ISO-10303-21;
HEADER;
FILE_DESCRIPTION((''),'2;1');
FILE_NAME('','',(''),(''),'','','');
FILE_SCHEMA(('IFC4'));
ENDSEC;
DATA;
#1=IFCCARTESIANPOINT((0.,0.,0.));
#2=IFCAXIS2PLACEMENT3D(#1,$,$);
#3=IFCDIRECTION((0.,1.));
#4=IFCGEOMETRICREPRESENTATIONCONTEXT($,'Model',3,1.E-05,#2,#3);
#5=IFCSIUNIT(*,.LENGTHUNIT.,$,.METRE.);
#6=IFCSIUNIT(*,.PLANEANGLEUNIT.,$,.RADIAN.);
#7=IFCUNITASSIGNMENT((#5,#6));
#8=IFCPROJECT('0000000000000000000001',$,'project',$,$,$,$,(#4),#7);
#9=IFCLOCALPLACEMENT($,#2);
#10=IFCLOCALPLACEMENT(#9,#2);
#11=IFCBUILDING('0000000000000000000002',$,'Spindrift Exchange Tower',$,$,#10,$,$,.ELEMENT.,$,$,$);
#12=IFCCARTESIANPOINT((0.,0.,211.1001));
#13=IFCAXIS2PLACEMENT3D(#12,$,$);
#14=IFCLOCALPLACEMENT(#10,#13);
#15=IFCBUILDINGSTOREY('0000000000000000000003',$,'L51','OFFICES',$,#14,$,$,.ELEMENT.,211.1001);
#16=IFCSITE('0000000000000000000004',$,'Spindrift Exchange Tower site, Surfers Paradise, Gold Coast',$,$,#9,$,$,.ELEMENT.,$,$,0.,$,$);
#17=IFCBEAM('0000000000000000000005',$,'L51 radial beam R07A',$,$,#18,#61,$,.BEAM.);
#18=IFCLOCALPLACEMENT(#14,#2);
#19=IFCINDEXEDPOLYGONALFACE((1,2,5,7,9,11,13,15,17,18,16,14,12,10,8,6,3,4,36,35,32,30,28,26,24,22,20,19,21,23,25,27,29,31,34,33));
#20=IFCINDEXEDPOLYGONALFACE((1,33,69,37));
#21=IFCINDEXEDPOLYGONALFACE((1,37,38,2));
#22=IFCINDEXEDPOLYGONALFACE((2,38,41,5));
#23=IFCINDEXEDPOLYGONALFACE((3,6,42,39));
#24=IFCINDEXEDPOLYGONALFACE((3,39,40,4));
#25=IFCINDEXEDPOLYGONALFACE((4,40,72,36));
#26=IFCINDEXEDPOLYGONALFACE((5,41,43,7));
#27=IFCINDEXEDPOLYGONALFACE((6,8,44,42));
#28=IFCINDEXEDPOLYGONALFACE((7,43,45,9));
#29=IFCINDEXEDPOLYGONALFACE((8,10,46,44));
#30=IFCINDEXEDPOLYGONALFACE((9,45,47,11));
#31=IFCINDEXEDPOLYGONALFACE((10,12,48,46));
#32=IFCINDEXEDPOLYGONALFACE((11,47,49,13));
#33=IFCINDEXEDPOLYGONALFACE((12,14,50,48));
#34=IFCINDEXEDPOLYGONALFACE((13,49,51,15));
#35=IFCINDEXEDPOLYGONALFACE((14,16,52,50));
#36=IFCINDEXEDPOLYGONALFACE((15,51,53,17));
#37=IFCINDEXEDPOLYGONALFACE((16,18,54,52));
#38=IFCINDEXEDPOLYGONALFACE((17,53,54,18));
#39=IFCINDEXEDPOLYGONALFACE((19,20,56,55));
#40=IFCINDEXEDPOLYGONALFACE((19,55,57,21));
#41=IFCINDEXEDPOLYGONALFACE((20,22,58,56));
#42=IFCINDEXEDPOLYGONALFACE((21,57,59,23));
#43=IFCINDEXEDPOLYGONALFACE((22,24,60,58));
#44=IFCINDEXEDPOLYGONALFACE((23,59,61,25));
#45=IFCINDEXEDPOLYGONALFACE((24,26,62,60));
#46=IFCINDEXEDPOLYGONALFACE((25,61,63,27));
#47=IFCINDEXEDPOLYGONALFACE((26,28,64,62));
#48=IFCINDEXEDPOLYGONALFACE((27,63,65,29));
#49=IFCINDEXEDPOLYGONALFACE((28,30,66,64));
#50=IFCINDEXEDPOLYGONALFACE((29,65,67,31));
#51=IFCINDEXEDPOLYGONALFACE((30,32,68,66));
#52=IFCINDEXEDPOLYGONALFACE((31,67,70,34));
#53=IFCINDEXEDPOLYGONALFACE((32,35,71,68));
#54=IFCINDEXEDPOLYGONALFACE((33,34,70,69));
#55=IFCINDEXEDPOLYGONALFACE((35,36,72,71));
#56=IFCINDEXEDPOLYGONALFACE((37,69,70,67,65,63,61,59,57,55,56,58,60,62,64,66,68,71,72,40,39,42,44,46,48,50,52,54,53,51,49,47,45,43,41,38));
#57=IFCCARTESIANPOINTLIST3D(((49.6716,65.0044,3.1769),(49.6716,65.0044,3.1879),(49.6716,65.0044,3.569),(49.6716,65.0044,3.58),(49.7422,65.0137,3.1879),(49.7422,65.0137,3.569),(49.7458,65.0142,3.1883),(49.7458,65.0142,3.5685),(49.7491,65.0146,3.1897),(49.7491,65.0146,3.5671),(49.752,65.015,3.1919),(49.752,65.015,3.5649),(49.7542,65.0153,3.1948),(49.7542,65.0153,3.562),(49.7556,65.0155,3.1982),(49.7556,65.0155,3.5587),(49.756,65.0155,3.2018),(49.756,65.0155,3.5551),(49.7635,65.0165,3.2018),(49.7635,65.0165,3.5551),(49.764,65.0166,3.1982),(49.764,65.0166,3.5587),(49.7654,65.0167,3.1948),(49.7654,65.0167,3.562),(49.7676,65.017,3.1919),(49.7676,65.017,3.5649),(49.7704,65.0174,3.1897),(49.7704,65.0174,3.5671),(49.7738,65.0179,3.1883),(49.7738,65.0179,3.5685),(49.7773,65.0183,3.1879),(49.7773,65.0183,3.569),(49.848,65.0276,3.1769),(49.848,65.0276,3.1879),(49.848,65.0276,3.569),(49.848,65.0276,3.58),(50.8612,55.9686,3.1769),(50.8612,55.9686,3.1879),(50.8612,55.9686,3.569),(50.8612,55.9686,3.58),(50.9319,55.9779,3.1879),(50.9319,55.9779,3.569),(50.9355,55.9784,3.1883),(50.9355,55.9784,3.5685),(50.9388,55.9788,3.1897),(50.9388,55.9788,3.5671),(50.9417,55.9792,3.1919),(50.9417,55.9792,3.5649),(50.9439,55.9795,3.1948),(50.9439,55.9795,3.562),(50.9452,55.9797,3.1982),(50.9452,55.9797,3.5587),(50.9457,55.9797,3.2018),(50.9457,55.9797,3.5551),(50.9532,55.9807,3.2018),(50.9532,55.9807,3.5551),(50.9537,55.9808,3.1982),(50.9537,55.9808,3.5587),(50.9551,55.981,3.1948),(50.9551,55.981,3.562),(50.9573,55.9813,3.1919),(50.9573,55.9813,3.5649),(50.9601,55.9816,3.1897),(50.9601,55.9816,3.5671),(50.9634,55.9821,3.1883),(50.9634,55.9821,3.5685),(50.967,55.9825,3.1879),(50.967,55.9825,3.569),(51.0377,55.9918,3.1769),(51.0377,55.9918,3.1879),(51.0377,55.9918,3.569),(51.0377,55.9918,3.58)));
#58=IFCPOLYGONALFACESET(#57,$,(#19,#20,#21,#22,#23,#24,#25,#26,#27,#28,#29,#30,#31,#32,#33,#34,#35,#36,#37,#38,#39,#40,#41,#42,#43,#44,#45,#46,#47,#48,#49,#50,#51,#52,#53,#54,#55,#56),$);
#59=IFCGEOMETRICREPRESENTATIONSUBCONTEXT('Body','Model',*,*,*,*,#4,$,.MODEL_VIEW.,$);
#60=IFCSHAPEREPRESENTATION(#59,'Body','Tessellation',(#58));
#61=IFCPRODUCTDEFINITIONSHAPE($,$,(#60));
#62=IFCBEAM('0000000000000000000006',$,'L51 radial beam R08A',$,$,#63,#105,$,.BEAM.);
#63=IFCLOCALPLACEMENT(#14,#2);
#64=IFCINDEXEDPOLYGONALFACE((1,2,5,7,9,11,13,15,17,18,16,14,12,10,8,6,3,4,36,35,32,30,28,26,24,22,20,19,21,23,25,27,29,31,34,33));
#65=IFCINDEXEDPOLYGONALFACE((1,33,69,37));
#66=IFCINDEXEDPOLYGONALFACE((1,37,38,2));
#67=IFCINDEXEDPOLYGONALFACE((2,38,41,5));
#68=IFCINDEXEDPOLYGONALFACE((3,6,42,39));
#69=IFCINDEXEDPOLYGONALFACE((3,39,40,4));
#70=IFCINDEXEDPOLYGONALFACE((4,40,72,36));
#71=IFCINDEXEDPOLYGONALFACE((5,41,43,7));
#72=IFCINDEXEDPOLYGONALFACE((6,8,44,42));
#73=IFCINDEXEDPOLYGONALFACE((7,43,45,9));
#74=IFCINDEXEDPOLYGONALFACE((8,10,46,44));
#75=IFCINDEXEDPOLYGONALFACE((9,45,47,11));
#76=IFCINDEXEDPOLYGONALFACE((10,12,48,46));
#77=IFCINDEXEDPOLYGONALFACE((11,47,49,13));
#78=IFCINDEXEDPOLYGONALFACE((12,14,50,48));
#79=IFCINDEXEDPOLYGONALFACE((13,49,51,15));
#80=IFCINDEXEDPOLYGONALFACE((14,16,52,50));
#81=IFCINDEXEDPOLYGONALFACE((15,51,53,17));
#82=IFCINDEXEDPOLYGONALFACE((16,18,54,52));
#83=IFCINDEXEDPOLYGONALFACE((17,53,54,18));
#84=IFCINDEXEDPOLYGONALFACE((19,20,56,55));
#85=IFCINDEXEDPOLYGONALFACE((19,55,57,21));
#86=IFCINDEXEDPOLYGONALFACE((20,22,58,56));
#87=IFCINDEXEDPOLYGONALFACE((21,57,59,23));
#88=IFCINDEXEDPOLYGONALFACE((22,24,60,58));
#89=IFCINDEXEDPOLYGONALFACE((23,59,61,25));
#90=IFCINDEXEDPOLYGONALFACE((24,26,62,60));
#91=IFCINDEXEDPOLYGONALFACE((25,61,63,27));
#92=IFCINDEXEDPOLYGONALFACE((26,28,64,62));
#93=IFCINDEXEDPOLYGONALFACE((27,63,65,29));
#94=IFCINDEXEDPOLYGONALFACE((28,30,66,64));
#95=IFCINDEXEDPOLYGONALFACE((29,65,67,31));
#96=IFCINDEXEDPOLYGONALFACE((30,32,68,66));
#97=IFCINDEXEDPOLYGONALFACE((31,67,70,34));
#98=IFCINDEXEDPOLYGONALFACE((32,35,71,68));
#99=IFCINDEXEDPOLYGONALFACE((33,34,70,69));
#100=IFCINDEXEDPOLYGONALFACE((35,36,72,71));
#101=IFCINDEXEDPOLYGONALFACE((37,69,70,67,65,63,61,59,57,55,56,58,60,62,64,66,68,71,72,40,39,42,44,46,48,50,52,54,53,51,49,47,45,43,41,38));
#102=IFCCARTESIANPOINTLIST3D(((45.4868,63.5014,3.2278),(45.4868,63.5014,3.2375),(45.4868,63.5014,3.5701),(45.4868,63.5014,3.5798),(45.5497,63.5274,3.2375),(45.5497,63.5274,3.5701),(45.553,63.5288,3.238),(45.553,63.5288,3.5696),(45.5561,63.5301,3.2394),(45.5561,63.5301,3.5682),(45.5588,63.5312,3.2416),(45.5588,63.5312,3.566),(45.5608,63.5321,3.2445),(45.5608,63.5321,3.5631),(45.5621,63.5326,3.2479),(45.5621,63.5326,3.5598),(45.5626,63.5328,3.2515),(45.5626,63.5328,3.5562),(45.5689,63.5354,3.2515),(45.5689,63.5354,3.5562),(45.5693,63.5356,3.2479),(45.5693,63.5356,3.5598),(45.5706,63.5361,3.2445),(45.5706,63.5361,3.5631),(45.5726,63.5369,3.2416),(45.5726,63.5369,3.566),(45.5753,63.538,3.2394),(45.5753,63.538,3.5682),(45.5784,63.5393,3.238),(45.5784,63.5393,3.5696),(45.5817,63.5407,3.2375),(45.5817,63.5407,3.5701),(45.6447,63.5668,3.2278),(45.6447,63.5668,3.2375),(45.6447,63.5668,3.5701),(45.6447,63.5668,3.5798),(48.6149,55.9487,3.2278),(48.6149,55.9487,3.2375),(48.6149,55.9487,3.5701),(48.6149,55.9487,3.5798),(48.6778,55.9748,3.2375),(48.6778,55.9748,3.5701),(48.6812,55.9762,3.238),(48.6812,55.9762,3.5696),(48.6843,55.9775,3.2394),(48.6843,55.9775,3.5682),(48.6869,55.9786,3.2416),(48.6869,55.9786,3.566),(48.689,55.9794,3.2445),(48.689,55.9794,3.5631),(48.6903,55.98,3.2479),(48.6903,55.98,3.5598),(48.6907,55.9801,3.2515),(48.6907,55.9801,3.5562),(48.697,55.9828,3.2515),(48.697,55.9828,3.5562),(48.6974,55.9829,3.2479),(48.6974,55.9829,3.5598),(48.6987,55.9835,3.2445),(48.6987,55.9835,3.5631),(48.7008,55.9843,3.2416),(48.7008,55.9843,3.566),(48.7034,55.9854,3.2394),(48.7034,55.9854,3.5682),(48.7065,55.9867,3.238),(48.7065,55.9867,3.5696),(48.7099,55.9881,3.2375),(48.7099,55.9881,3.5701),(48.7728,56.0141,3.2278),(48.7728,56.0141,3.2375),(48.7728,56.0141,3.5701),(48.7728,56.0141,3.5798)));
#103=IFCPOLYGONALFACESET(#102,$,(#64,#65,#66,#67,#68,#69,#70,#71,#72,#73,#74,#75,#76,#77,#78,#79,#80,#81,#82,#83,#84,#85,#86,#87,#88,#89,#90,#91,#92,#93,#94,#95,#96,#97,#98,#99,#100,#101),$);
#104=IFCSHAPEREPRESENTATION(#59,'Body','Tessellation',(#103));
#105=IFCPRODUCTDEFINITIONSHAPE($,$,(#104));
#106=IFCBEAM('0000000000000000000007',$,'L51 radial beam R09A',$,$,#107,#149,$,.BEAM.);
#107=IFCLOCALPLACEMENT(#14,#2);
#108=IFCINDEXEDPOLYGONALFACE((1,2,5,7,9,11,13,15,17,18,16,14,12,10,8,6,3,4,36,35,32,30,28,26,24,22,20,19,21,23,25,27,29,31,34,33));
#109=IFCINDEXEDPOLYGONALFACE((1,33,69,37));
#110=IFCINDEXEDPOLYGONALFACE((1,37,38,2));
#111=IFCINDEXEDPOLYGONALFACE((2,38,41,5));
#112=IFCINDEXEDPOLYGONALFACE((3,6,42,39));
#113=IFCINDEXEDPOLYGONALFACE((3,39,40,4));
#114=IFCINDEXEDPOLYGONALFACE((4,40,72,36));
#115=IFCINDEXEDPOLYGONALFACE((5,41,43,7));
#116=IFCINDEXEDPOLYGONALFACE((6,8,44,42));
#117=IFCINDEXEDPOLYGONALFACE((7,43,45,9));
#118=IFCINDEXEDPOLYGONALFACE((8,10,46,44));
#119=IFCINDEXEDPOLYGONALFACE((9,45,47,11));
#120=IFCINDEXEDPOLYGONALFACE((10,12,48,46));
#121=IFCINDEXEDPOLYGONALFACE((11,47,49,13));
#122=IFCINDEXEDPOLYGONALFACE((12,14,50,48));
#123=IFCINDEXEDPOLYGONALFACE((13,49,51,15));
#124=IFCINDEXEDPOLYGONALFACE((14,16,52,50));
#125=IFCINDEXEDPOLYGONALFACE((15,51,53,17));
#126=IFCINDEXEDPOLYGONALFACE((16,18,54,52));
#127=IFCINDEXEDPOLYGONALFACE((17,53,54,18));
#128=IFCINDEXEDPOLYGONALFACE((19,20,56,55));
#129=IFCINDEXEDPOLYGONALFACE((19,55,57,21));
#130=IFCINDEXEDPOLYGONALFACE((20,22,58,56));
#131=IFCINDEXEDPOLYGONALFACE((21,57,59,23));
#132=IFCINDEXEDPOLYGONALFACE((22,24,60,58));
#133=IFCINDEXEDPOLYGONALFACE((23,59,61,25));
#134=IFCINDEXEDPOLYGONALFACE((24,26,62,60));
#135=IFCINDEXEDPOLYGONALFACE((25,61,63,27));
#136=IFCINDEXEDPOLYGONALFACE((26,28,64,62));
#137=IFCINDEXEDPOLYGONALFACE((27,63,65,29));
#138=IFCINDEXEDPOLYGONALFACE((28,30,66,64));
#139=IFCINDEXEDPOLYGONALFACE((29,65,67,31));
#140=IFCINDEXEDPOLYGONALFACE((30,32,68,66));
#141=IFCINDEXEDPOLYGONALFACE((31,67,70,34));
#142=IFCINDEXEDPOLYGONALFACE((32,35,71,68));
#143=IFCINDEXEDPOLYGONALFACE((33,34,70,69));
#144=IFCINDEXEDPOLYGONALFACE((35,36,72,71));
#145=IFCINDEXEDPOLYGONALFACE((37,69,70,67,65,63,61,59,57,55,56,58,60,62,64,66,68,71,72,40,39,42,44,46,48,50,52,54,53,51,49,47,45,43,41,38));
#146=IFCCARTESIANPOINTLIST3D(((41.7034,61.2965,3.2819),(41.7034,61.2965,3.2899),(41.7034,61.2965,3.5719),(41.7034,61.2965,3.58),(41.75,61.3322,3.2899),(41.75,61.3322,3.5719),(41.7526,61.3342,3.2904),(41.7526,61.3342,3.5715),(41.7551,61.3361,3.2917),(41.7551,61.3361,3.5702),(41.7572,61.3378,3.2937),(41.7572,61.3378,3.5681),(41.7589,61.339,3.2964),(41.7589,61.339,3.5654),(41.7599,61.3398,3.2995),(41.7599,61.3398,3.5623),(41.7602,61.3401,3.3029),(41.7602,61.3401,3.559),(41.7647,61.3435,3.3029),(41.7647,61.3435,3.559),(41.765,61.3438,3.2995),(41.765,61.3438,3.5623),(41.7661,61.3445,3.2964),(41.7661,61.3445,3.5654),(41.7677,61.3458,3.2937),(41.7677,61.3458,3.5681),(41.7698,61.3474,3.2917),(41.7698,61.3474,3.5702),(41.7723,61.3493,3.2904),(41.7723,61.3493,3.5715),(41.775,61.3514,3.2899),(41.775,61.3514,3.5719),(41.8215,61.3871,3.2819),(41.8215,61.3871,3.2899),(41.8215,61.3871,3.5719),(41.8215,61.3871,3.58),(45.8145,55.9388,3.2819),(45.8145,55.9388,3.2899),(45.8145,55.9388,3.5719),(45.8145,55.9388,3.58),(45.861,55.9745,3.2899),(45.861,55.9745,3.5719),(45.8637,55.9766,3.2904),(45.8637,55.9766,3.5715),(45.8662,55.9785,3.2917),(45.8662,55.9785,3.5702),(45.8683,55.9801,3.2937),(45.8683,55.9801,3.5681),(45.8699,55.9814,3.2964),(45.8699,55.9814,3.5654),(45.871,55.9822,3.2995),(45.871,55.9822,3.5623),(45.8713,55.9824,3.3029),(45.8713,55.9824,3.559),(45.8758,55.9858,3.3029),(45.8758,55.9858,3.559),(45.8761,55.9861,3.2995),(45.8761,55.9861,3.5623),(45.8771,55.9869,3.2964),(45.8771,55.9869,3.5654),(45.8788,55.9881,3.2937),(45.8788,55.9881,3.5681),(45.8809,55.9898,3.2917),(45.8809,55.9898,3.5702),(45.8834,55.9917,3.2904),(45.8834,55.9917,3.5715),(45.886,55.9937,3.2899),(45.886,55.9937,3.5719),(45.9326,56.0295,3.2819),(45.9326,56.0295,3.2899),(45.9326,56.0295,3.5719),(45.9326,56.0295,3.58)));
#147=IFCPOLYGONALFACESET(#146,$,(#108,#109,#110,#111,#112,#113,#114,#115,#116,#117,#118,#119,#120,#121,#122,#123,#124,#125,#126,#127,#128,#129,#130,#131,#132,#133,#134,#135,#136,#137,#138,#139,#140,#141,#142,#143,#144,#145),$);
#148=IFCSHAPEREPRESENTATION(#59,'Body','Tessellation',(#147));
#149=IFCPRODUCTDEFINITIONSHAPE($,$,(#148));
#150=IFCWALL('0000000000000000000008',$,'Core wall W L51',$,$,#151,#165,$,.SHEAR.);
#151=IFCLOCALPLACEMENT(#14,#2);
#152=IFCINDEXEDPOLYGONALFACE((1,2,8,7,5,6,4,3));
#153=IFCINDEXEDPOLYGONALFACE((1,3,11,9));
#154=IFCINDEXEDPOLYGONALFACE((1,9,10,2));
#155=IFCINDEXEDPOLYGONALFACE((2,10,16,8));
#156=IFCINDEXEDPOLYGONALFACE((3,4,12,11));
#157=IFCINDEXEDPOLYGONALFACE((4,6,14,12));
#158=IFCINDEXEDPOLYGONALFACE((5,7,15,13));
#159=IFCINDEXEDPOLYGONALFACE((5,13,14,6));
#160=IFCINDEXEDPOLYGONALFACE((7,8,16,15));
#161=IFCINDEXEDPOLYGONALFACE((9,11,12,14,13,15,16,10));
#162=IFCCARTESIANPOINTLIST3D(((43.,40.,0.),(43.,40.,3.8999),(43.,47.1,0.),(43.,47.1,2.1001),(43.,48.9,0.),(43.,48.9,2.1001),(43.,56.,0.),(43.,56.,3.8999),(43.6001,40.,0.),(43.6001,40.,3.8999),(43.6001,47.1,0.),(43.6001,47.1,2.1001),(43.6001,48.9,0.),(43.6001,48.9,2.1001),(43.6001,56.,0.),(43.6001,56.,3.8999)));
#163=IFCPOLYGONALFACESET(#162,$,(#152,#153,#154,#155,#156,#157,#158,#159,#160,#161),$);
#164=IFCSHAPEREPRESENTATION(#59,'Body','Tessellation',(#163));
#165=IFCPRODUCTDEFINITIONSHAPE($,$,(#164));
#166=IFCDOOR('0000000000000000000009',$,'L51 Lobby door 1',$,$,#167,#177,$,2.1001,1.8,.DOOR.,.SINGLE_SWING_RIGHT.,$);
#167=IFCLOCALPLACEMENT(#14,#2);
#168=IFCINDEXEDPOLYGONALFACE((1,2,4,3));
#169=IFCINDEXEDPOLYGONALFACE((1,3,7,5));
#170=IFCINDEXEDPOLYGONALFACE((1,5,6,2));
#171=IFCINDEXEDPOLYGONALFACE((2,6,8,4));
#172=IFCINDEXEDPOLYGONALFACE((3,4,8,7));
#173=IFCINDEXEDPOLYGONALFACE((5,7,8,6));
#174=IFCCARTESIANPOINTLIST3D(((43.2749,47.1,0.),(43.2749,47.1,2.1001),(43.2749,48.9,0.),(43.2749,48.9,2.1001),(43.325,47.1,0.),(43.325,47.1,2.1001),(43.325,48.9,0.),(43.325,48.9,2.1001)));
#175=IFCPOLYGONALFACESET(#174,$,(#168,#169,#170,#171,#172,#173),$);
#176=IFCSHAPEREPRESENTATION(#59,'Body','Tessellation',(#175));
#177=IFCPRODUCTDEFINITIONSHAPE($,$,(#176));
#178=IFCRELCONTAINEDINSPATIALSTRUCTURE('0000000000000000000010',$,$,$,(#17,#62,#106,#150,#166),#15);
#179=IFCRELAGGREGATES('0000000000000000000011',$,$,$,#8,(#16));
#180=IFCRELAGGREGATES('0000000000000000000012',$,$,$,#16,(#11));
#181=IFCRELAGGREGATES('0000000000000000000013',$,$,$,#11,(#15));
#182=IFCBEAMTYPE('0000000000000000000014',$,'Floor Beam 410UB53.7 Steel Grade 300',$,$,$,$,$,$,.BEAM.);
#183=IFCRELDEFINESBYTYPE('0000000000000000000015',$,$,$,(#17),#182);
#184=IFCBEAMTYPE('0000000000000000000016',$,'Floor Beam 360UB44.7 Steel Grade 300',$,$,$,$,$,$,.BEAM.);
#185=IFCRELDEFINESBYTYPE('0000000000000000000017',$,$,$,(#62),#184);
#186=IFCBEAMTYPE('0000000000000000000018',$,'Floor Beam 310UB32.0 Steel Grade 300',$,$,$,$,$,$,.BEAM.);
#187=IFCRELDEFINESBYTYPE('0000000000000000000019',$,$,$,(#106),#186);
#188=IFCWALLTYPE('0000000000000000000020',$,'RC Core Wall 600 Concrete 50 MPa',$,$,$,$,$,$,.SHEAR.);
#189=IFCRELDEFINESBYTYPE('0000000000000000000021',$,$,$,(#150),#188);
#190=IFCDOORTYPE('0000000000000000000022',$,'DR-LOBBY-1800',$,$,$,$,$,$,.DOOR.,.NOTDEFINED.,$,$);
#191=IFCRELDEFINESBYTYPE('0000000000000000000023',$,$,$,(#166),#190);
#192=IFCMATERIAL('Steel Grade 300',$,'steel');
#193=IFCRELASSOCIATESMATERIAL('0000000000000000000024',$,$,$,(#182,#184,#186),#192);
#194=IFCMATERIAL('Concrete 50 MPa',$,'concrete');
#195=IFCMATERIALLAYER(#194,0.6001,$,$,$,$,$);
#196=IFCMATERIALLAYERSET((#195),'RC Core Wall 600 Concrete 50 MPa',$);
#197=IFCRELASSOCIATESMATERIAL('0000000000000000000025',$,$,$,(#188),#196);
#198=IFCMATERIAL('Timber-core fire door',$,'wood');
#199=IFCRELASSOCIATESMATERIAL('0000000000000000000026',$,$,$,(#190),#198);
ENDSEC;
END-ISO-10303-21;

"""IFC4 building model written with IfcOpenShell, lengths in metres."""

from ifc_helpers import new_model, si_unit, direction, frame, frame_2d, origin, origin_2d, place, context, subcontext, project, spatial, rectangle, i_section, extrude, source, transform, mapped, material, layer, layer_set, material_profile, profile_set, type_object, element, fill, save


model = new_model("IFC4")

# Units and contexts
model_context = context("Model", 3, precision=1e-05, world=origin(), true_north=direction((0.0, 1.0)))
body_context = subcontext(model_context, "Body", "Model", "MODEL_VIEW")
ifc_project = project(units=[si_unit("LENGTHUNIT", "METRE"), si_unit("PLANEANGLEUNIT", "RADIAN")], contexts=[model_context])

# Site, building, storey
site_placement = place(None, origin())
site = spatial("IfcSite", under=ifc_project, at=site_placement, Name="Spindrift Exchange Tower site, Surfers Paradise, Gold Coast", CompositionType="ELEMENT", RefElevation=0.0)
building_placement = place(site_placement, origin())
building = spatial("IfcBuilding", under=site, at=building_placement, Name="Spindrift Exchange Tower", CompositionType="ELEMENT")
storey_placement = place(building_placement, frame((0.0, 0.0, 211.1001)))
storey = spatial("IfcBuildingStorey", under=building, at=storey_placement, Name="L51", Description="OFFICES", CompositionType="ELEMENT", Elevation=211.1001)

# Beams
ifc_material_1 = material(Name="Steel Grade 300", Category="steel")
ifc_material_profile_1 = material_profile(ifc_material_1, i_section(OverallWidth=0.178, OverallDepth=0.4031, WebThickness=0.0076, FlangeThickness=0.011, FilletRadius=0.0139, at=origin_2d()), Name="410UB53.7")
ifc_profile_set_1 = profile_set([ifc_material_profile_1], Name="Steel Grade 300")
beam_type_1 = type_object("IfcBeamType", Name="Floor Beam 410UB53.7 Steel Grade 300", PredefinedType="BEAM", material=ifc_profile_set_1)
shared_shape_1 = source(origin(), body_context, "Body", "SweptSolid", [
    extrude(i_section(OverallWidth=0.178, OverallDepth=0.4031, WebThickness=0.0076, FlangeThickness=0.011, FilletRadius=0.0139, at=origin_2d()), origin(), (0.0, 0.0, 1.0), 9.1138),
])
beam_1_placement = place(storey_placement, frame((50.9495, 55.9802, 3.3784), z_axis=(-0.130537, 0.991443, 0.0), x_axis=(-0.991443, -0.130537, 0.0)))
element("IfcBeam", 1, at=beam_1_placement, inside=storey, type_object=beam_type_1, Name="L51 radial beam R07A", PredefinedType="BEAM", context=body_context, shape_type="MappedRepresentation", body=[
    mapped(shared_shape_1, transform((0.0, 0.0, 0.0), scale=1.0)),
])
ifc_material_profile_2 = material_profile(ifc_material_1, i_section(OverallWidth=0.1709, OverallDepth=0.3521, WebThickness=0.0068, FlangeThickness=0.0098, FilletRadius=0.0139, at=origin_2d()), Name="360UB44.7")
ifc_profile_set_2 = profile_set([ifc_material_profile_2], Name="Steel Grade 300")
beam_type_2 = type_object("IfcBeamType", Name="Floor Beam 360UB44.7 Steel Grade 300", PredefinedType="BEAM", material=ifc_profile_set_2)
shared_shape_2 = source(origin(), body_context, "Body", "SweptSolid", [
    extrude(i_section(OverallWidth=0.1709, OverallDepth=0.3521, WebThickness=0.0068, FlangeThickness=0.0098, FilletRadius=0.0139, at=origin_2d()), origin(), (0.0, 0.0, 1.0), 8.1748),
])
beam_2_placement = place(storey_placement, frame((48.6938, 55.9814, 3.4038), z_axis=(-0.382655, 0.923891, 0.0), x_axis=(-0.923891, -0.382655, 0.0)))
element("IfcBeam", 2, at=beam_2_placement, inside=storey, type_object=beam_type_2, Name="L51 radial beam R08A", PredefinedType="BEAM", context=body_context, shape_type="MappedRepresentation", body=[
    mapped(shared_shape_2, transform((0.0, 0.0, 0.0), scale=1.0)),
])
ifc_material_profile_3 = material_profile(ifc_material_1, i_section(OverallWidth=0.1489, OverallDepth=0.2981, WebThickness=0.0056, FlangeThickness=0.0081, FilletRadius=0.0129, at=origin_2d()), Name="310UB32.0")
ifc_profile_set_3 = profile_set([ifc_material_profile_3], Name="Steel Grade 300")
beam_type_3 = type_object("IfcBeamType", Name="Floor Beam 310UB32.0 Steel Grade 300", PredefinedType="BEAM", material=ifc_profile_set_3)
shared_shape_3 = source(origin(), body_context, "Body", "SweptSolid", [
    extrude(i_section(OverallWidth=0.1489, OverallDepth=0.2981, WebThickness=0.0056, FlangeThickness=0.0081, FilletRadius=0.0129, at=origin_2d()), origin(), (0.0, 0.0, 1.0), 6.7532),
])
beam_3_placement = place(storey_placement, frame((45.8735, 55.9841, 3.4309), z_axis=(-0.608762, 0.793353, 0.0), x_axis=(-0.793353, -0.608762, 0.0)))
element("IfcBeam", 3, at=beam_3_placement, inside=storey, type_object=beam_type_3, Name="L51 radial beam R09A", PredefinedType="BEAM", context=body_context, shape_type="MappedRepresentation", body=[
    mapped(shared_shape_3, transform((0.0, 0.0, 0.0), scale=1.0)),
])

# Wall, opening, door
ifc_material_2 = material(Name="Concrete 50 MPa", Category="concrete")
ifc_layer = layer(ifc_material_2, 0.6001)
ifc_layer_set = layer_set([ifc_layer], Name="RC Core Wall 600 Concrete 50 MPa")
wall_type = type_object("IfcWallType", Name="RC Core Wall 600 Concrete 50 MPa", PredefinedType="SHEAR", material=ifc_layer_set)
wall_placement = place(storey_placement, frame((43.3, 56.0, 0.0), z_axis=(0.0, 0.0, 1.0), x_axis=(0.0, -1.0, 0.0)))
wall = element("IfcWall", 4, at=wall_placement, inside=storey, type_object=wall_type, Name="Core wall W L51", PredefinedType="SHEAR", context=body_context, shape_type="SweptSolid", body=[
    extrude(rectangle(XDim=16.0, YDim=0.6001, at=frame_2d((8.0, 0.0))), origin(), (0.0, 0.0, 1.0), 3.8999),
])
opening_placement = place(wall_placement, frame((7.1001, 0.0, 0.0)))
opening = element("IfcOpeningElement", 5, at=opening_placement, cuts=wall, PredefinedType="OPENING", context=body_context, shape_type="SweptSolid", body=[
    extrude(rectangle(XDim=1.8, YDim=2.1001, at=frame_2d((0.8999, 1.05))), frame((0.0, 0.3101, 0.0), z_axis=(0.0, -1.0, 0.0), x_axis=(1.0, 0.0, 0.0)), (0.0, 0.0, 1.0), 0.6201),
])
ifc_material_3 = material(Name="Timber-core fire door", Category="wood")
door_type = type_object("IfcDoorType", Name="DR-LOBBY-1800", OperationType="NOTDEFINED", PredefinedType="DOOR", material=ifc_material_3)
shared_shape_4 = source(origin(), body_context, "Body", "SweptSolid", [
    extrude(rectangle(XDim=1.8, YDim=2.1001, at=frame_2d((0.8999, 1.05))), frame((0.0, 0.0249, 0.0), z_axis=(0.0, -1.0, 0.0), x_axis=(1.0, 0.0, 0.0)), (0.0, 0.0, 1.0), 0.05),
])
door_placement = place(opening_placement, origin())
door = element("IfcDoor", 6, at=door_placement, inside=storey, type_object=door_type, Name="L51 Lobby door 1", OperationType="SINGLE_SWING_RIGHT", OverallHeight=2.1001, OverallWidth=1.8, PredefinedType="DOOR", context=body_context, shape_type="MappedRepresentation", body=[
    mapped(shared_shape_4, transform((0.0, 0.0, 0.0), scale=1.0)),
])
fill(opening, door)

save(model, "model.ifc")
